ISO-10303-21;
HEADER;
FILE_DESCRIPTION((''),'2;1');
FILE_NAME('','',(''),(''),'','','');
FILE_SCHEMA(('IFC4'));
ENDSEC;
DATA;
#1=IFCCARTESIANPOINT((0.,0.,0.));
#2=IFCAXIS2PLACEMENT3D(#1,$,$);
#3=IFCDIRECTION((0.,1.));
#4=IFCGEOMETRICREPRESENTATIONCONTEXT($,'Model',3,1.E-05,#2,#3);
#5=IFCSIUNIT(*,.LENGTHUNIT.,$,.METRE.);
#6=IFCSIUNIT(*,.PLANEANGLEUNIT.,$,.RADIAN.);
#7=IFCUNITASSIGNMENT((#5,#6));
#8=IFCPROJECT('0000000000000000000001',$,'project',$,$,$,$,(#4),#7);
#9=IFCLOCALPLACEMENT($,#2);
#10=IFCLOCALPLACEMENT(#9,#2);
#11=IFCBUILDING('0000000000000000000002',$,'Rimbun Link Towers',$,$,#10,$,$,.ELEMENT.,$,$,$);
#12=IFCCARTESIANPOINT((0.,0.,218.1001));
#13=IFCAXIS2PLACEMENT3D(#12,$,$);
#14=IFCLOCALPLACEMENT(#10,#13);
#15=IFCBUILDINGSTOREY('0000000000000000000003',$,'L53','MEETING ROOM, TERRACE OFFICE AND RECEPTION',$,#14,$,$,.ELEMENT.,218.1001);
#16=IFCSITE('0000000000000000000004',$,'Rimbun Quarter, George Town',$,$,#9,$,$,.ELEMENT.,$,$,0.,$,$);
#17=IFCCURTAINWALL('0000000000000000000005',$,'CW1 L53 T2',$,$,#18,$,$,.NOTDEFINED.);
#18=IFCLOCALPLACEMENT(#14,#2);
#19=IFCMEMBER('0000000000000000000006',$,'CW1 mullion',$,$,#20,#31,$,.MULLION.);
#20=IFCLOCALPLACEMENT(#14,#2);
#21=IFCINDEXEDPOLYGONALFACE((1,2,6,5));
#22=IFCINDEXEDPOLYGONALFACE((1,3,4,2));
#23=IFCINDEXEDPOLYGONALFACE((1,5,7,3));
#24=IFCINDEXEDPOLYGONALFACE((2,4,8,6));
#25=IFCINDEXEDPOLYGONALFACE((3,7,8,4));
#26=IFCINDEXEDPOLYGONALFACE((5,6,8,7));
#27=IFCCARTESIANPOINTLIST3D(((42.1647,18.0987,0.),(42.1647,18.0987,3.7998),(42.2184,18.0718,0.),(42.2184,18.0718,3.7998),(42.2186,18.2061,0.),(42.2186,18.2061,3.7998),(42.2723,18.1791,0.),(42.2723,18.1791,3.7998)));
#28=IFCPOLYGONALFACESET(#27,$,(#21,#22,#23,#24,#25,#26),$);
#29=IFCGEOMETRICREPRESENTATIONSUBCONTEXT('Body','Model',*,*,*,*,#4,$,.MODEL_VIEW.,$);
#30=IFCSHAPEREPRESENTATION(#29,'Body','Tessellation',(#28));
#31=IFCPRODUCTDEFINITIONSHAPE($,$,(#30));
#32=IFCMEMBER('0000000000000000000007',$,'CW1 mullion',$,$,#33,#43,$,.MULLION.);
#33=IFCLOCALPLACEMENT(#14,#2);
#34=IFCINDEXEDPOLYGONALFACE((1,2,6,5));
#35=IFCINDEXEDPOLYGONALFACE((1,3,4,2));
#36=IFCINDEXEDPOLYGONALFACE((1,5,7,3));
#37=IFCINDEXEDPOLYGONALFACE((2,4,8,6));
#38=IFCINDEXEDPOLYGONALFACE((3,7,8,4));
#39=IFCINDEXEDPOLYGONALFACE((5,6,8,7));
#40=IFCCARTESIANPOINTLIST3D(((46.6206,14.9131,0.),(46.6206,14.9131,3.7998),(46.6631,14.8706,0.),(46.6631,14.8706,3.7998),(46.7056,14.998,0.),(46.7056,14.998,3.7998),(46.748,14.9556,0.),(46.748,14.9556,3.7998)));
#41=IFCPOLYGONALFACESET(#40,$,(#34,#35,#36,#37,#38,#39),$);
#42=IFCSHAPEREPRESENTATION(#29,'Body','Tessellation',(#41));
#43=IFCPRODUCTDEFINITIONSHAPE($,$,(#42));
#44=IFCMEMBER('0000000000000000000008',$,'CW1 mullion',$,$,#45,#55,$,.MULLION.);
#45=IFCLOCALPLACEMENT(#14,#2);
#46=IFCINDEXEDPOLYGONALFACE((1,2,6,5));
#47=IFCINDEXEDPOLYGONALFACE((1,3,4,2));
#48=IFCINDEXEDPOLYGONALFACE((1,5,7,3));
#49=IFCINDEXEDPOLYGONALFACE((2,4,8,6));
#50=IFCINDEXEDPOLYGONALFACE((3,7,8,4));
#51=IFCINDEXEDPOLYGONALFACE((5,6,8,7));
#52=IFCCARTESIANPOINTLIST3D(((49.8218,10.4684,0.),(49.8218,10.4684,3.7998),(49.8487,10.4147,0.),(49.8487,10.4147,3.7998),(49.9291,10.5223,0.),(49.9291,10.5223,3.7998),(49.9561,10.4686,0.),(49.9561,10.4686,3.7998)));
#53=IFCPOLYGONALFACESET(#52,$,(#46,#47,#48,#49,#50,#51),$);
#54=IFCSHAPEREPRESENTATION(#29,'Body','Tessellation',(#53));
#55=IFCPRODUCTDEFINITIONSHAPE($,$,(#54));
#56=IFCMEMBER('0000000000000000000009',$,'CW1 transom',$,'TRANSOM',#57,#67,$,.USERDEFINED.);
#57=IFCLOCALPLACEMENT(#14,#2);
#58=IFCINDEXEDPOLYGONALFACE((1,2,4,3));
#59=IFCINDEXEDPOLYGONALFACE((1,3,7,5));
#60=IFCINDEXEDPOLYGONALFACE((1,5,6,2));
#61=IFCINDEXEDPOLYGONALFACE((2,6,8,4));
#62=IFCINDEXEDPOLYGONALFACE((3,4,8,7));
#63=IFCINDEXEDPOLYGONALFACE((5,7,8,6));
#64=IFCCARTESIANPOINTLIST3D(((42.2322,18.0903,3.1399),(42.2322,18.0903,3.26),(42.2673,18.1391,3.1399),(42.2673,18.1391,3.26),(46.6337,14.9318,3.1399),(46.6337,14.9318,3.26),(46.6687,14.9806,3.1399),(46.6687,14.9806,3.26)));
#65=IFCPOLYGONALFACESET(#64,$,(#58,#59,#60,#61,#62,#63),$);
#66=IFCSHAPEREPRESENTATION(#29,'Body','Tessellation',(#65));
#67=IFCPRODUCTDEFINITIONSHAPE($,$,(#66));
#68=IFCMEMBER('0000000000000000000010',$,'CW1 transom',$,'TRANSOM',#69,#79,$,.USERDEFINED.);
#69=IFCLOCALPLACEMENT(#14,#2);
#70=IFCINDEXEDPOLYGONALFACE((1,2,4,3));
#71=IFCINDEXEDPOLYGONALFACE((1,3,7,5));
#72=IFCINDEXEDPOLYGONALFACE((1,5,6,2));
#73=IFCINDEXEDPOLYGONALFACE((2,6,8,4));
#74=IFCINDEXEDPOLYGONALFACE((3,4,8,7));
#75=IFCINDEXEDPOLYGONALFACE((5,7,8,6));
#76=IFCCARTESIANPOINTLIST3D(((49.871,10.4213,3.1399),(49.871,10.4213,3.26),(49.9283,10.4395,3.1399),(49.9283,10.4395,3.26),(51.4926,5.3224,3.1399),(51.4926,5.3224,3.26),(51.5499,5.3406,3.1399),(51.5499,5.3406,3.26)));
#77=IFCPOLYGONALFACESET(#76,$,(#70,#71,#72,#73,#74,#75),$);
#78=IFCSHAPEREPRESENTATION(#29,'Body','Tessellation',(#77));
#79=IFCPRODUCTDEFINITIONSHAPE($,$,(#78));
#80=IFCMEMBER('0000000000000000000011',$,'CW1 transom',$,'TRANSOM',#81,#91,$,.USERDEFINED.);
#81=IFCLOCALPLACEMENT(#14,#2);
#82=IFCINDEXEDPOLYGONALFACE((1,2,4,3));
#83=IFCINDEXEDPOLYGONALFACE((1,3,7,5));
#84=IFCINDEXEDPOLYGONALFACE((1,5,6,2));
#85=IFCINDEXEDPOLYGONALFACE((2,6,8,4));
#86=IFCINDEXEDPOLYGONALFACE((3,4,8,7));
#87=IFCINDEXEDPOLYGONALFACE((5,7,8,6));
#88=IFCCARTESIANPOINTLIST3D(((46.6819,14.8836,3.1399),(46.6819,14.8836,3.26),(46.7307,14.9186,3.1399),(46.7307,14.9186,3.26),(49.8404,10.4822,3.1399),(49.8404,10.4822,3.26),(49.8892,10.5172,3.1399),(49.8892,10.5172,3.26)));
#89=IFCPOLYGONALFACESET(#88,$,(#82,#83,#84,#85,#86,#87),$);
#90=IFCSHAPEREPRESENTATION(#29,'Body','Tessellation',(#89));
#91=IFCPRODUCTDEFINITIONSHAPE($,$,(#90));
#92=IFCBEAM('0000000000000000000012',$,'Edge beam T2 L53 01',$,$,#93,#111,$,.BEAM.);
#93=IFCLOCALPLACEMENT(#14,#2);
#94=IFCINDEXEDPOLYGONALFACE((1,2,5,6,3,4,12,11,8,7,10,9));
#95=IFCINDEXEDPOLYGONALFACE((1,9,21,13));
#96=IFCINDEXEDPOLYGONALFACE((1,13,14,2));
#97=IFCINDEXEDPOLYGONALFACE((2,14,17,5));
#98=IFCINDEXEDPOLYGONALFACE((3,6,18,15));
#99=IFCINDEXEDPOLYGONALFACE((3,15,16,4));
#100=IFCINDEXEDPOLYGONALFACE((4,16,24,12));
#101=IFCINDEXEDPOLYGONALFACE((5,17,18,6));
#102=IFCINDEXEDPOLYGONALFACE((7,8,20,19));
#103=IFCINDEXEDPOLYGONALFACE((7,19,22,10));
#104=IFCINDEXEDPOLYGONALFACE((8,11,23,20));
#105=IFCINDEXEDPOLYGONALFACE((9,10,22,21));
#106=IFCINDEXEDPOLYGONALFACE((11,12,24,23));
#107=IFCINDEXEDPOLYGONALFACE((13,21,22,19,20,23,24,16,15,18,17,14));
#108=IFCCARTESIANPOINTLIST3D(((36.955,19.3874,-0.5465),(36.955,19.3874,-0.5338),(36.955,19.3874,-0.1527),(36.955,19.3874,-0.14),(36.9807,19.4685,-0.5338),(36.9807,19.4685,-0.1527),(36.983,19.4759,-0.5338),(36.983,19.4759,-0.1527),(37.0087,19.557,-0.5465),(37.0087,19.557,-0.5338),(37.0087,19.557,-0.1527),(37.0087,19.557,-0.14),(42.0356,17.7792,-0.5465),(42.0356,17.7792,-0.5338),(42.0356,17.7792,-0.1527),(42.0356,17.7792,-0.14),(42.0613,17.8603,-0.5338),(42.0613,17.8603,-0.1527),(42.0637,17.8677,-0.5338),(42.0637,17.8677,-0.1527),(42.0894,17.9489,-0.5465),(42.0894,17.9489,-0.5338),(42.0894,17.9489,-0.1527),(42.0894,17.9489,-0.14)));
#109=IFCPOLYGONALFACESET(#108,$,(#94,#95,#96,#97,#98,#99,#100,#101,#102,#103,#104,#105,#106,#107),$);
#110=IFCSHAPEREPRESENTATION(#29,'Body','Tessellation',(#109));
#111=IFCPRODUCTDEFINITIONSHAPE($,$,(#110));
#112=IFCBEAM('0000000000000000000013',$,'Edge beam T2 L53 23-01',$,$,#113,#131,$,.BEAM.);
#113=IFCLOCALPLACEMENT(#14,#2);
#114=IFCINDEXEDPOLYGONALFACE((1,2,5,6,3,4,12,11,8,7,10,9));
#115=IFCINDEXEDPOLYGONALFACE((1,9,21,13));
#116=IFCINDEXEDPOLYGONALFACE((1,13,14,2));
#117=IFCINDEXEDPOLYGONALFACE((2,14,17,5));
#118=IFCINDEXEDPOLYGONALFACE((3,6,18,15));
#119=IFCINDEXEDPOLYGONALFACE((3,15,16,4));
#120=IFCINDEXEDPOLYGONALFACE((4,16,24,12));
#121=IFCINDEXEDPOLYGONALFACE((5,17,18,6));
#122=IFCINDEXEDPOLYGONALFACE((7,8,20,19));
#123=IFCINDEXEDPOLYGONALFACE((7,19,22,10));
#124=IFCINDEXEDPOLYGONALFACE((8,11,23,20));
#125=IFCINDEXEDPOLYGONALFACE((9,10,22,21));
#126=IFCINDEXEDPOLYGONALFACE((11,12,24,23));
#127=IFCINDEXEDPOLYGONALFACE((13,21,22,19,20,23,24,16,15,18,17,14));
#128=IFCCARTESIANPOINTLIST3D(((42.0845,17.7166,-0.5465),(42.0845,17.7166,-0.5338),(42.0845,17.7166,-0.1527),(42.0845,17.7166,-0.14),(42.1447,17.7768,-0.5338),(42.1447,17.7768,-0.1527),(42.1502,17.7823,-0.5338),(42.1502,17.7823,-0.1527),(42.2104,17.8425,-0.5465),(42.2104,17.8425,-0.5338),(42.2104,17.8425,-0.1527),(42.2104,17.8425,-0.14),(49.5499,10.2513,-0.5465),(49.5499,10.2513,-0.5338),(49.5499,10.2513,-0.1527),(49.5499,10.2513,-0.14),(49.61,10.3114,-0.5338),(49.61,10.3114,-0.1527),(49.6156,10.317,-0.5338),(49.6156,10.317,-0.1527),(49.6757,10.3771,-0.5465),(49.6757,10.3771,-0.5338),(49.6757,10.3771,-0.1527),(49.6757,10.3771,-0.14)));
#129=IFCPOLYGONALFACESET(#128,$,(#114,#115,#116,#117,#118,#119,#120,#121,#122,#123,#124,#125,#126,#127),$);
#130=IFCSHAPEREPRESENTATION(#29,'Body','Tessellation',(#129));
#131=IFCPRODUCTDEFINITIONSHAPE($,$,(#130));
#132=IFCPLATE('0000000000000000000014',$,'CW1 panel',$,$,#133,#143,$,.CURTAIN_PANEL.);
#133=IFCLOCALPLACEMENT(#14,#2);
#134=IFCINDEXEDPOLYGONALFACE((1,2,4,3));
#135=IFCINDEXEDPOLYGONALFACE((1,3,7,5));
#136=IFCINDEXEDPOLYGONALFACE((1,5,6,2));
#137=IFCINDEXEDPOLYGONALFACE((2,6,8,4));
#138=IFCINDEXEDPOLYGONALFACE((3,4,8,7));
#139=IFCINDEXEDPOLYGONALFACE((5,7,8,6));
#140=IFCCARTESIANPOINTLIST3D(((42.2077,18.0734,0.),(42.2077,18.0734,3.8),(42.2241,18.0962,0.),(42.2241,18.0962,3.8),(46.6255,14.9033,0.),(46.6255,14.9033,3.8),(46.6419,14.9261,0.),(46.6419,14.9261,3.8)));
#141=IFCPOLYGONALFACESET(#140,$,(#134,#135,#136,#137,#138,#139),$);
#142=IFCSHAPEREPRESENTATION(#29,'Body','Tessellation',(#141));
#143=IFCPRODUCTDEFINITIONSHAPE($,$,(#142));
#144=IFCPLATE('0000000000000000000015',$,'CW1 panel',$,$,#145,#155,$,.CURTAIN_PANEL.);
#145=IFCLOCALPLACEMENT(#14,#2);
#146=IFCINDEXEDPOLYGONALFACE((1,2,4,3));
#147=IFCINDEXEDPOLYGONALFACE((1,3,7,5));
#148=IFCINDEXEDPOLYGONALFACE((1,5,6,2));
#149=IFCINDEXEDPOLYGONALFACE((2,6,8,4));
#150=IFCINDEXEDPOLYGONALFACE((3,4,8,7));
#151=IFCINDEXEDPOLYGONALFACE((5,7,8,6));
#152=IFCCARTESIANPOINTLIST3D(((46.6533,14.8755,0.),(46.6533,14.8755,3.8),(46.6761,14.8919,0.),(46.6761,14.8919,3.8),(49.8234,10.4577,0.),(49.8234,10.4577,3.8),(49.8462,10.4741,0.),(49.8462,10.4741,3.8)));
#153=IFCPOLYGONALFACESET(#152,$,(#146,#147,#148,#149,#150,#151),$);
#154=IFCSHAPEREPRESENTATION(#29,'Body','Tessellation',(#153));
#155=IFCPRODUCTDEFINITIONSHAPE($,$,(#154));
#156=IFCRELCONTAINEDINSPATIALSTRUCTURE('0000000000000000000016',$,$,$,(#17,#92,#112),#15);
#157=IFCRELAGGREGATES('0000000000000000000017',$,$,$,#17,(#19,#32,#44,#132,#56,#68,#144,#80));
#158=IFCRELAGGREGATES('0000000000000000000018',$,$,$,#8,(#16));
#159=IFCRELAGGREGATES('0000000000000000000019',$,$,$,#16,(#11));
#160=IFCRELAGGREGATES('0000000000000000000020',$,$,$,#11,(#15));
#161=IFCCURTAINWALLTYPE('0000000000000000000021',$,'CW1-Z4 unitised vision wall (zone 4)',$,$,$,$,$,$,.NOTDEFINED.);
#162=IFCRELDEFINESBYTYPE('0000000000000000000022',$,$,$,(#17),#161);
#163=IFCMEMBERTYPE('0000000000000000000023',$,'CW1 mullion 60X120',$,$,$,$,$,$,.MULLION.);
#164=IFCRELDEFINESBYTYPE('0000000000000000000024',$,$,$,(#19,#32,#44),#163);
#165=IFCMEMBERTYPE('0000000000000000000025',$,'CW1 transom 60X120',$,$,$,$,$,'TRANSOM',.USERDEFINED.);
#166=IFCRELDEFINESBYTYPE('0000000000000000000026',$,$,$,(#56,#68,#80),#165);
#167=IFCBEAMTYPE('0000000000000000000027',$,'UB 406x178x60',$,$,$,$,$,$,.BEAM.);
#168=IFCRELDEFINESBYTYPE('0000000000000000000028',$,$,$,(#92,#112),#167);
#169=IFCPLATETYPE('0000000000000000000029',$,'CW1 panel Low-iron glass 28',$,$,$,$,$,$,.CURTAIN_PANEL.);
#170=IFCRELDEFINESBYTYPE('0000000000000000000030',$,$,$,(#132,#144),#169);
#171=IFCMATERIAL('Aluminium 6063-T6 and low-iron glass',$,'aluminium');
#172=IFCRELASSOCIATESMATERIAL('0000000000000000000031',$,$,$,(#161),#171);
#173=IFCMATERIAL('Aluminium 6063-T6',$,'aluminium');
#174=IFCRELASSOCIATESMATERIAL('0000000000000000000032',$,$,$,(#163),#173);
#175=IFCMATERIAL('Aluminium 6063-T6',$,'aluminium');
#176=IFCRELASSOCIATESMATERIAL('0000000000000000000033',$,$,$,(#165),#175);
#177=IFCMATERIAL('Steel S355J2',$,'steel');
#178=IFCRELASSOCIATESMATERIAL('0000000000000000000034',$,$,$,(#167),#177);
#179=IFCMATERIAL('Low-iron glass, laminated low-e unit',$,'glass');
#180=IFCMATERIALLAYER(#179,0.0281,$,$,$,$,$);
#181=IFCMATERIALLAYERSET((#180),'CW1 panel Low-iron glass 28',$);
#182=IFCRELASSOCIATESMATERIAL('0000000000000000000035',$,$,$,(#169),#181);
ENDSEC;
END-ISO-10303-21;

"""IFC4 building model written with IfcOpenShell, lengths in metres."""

from ifc_helpers import new_model, si_unit, direction, frame, origin, origin_2d, place, context, subcontext, project, spatial, rectangle, i_section, extrude, material, layer, layer_set, material_profile, profile_set, type_object, element, aggregate, save


model = new_model("IFC4")

# Units and contexts
model_context = context("Model", 3, precision=1e-05, world=origin(), true_north=direction((0.0, 1.0)))
body_context = subcontext(model_context, "Body", "Model", "MODEL_VIEW")
ifc_project = project(units=[si_unit("LENGTHUNIT", "METRE"), si_unit("PLANEANGLEUNIT", "RADIAN")], contexts=[model_context])

# Site, building, storey
site_placement = place(None, origin())
site = spatial("IfcSite", under=ifc_project, at=site_placement, Name="Rimbun Quarter, George Town", CompositionType="ELEMENT", RefElevation=0.0)
building_placement = place(site_placement, origin())
building = spatial("IfcBuilding", under=site, at=building_placement, Name="Rimbun Link Towers", CompositionType="ELEMENT")
storey_placement = place(building_placement, frame((0.0, 0.0, 218.1001)))
storey = spatial("IfcBuildingStorey", under=building, at=storey_placement, Name="L53", Description="MEETING ROOM, TERRACE OFFICE AND RECEPTION", CompositionType="ELEMENT", Elevation=218.1001)

# Curtain wall, members
ifc_material_1 = material(Name="Aluminium 6063-T6 and low-iron glass", Category="aluminium")
curtain_wall_type = type_object("IfcCurtainWallType", Name="CW1-Z4 unitised vision wall (zone 4)", PredefinedType="NOTDEFINED", material=ifc_material_1)
curtain_wall_placement = place(storey_placement, origin())
curtain_wall = element("IfcCurtainWall", 1, at=curtain_wall_placement, inside=storey, type_object=curtain_wall_type, Name="CW1 L53 T2", PredefinedType="NOTDEFINED")
ifc_material_2 = material(Name="Aluminium 6063-T6", Category="aluminium")
ifc_material_profile_1 = material_profile(ifc_material_2, rectangle(XDim=0.1201, YDim=0.0601, at=origin_2d()), Name="MULLION 60X120")
ifc_profile_set_1 = profile_set([ifc_material_profile_1], Name="Aluminium 6063-T6")
member_type_1 = type_object("IfcMemberType", Name="CW1 mullion 60X120", PredefinedType="MULLION", material=ifc_profile_set_1)
member_1_placement = place(storey_placement, frame((42.2185, 18.1389, 0.0), z_axis=(0.0, 0.0, 1.0), x_axis=(0.448571, 0.893747, 0.0)))
member_1 = element("IfcMember", 2, at=member_1_placement, type_object=member_type_1, Name="CW1 mullion", PredefinedType="MULLION", context=body_context, shape_type="SweptSolid", body=[
    extrude(rectangle(XDim=0.1201, YDim=0.0601, at=origin_2d()), origin(), (0.0, 0.0, 1.0), 3.7998),
])
member_2_placement = place(storey_placement, frame((46.6843, 14.9343, 0.0), z_axis=(0.0, 0.0, 1.0), x_axis=(0.707107, 0.707107, 0.0)))
member_2 = element("IfcMember", 3, at=member_2_placement, type_object=member_type_1, Name="CW1 mullion", PredefinedType="MULLION", context=body_context, shape_type="SweptSolid", body=[
    extrude(rectangle(XDim=0.1201, YDim=0.0601, at=origin_2d()), origin(), (0.0, 0.0, 1.0), 3.7998),
])
member_3_placement = place(storey_placement, frame((49.8889, 10.4685, 0.0), z_axis=(0.0, 0.0, 1.0), x_axis=(0.893747, 0.448571, 0.0)))
member_3 = element("IfcMember", 4, at=member_3_placement, type_object=member_type_1, Name="CW1 mullion", PredefinedType="MULLION", context=body_context, shape_type="SweptSolid", body=[
    extrude(rectangle(XDim=0.1201, YDim=0.0601, at=origin_2d()), origin(), (0.0, 0.0, 1.0), 3.7998),
])
ifc_material_3 = material(Name="Aluminium 6063-T6", Category="aluminium")
ifc_material_profile_2 = material_profile(ifc_material_3, rectangle(XDim=0.0601, YDim=0.1201, at=origin_2d()), Name="TRANSOM 60X120")
ifc_profile_set_2 = profile_set([ifc_material_profile_2], Name="Aluminium 6063-T6")
member_type_2 = type_object("IfcMemberType", Name="CW1 transom 60X120", ElementType="TRANSOM", PredefinedType="USERDEFINED", material=ifc_profile_set_2)
member_4_placement = place(storey_placement, frame((42.2498, 18.1147, 3.2), z_axis=(0.812456, -0.583023, 0.0), x_axis=(0.583023, 0.812456, 0.0)))
member_4 = element("IfcMember", 5, at=member_4_placement, type_object=member_type_2, Name="CW1 transom", ObjectType="TRANSOM", PredefinedType="USERDEFINED", context=body_context, shape_type="SweptSolid", body=[
    extrude(rectangle(XDim=0.0601, YDim=0.1201, at=origin_2d()), origin(), (0.0, 0.0, 1.0), 5.4175),
])
member_5_placement = place(storey_placement, frame((49.8997, 10.4304, 3.2), z_axis=(0.30307, -0.952968, 0.0), x_axis=(0.952968, 0.30307, 0.0)))
member_5 = element("IfcMember", 6, at=member_5_placement, type_object=member_type_2, Name="CW1 transom", ObjectType="TRANSOM", PredefinedType="USERDEFINED", context=body_context, shape_type="SweptSolid", body=[
    extrude(rectangle(XDim=0.0601, YDim=0.1201, at=origin_2d()), origin(), (0.0, 0.0, 1.0), 5.3506),
])
member_6_placement = place(storey_placement, frame((46.7063, 14.9011, 3.2), z_axis=(0.583023, -0.812456, 0.0), x_axis=(0.812456, 0.583023, 0.0)))
member_6 = element("IfcMember", 7, at=member_6_placement, type_object=member_type_2, Name="CW1 transom", ObjectType="TRANSOM", PredefinedType="USERDEFINED", context=body_context, shape_type="SweptSolid", body=[
    extrude(rectangle(XDim=0.0601, YDim=0.1201, at=origin_2d()), origin(), (0.0, 0.0, 1.0), 5.4175),
])

# Beams
ifc_material_4 = material(Name="Steel S355J2", Category="steel")
ifc_material_profile_3 = material_profile(ifc_material_4, i_section(OverallWidth=0.178, OverallDepth=0.4065, WebThickness=0.0078, FlangeThickness=0.0127, at=origin_2d()), Name="UB 406x178x60")
ifc_profile_set_3 = profile_set([ifc_material_profile_3], Name="Steel S355J2")
beam_type = type_object("IfcBeamType", Name="UB 406x178x60", PredefinedType="BEAM", material=ifc_profile_set_3)
beam_1_placement = place(storey_placement, frame((42.0625, 17.864, -0.3433), z_axis=(-0.95338, 0.301774, 0.0), x_axis=(-0.301774, -0.95338, 0.0)))
element("IfcBeam", 8, at=beam_1_placement, inside=storey, type_object=beam_type, Name="Edge beam T2 L53 01", PredefinedType="BEAM", context=body_context, shape_type="SweptSolid", body=[
    extrude(i_section(OverallWidth=0.178, OverallDepth=0.4065, WebThickness=0.0078, FlangeThickness=0.0127, at=origin_2d()), origin(), (0.0, 0.0, 1.0), 5.3291),
])
beam_2_placement = place(storey_placement, frame((49.6128, 10.3142, -0.3433), z_axis=(-0.707107, 0.707107, 0.0), x_axis=(-0.707107, -0.707107, 0.0)))
element("IfcBeam", 9, at=beam_2_placement, inside=storey, type_object=beam_type, Name="Edge beam T2 L53 23-01", PredefinedType="BEAM", context=body_context, shape_type="SweptSolid", body=[
    extrude(i_section(OverallWidth=0.178, OverallDepth=0.4065, WebThickness=0.0078, FlangeThickness=0.0127, at=origin_2d()), origin(), (0.0, 0.0, 1.0), 10.5576),
])

# Plates
ifc_material_5 = material(Name="Low-iron glass, laminated low-e unit", Category="glass")
ifc_layer_1 = layer(ifc_material_5, 0.0281)
ifc_layer_set_1 = layer_set([ifc_layer_1], Name="CW1 panel Low-iron glass 28")
plate_type = type_object("IfcPlateType", Name="CW1 panel Low-iron glass 28", PredefinedType="CURTAIN_PANEL", material=ifc_layer_set_1)
plate_1_placement = place(storey_placement, frame((44.4248, 16.4998, 0.0), z_axis=(0.0, 0.0, 1.0), x_axis=(0.81247, -0.583004, 0.0)))
plate_1 = element("IfcPlate", 10, at=plate_1_placement, type_object=plate_type, Name="CW1 panel", PredefinedType="CURTAIN_PANEL", context=body_context, shape_type="SweptSolid", body=[
    extrude(rectangle(XDim=5.4375, YDim=0.0281, at=origin_2d()), origin(), (0.0, 0.0, 1.0), 3.8),
])
plate_2_placement = place(storey_placement, frame((48.2498, 12.6748, 0.0), z_axis=(0.0, 0.0, 1.0), x_axis=(0.583004, -0.81247, 0.0)))
plate_2 = element("IfcPlate", 11, at=plate_2_placement, type_object=plate_type, Name="CW1 panel", PredefinedType="CURTAIN_PANEL", context=body_context, shape_type="SweptSolid", body=[
    extrude(rectangle(XDim=5.4375, YDim=0.0281, at=origin_2d()), origin(), (0.0, 0.0, 1.0), 3.8),
])
aggregate(curtain_wall, [member_1, member_2, member_3, plate_1, member_4, member_5, plate_2, member_6])

save(model, "model.ifc")
